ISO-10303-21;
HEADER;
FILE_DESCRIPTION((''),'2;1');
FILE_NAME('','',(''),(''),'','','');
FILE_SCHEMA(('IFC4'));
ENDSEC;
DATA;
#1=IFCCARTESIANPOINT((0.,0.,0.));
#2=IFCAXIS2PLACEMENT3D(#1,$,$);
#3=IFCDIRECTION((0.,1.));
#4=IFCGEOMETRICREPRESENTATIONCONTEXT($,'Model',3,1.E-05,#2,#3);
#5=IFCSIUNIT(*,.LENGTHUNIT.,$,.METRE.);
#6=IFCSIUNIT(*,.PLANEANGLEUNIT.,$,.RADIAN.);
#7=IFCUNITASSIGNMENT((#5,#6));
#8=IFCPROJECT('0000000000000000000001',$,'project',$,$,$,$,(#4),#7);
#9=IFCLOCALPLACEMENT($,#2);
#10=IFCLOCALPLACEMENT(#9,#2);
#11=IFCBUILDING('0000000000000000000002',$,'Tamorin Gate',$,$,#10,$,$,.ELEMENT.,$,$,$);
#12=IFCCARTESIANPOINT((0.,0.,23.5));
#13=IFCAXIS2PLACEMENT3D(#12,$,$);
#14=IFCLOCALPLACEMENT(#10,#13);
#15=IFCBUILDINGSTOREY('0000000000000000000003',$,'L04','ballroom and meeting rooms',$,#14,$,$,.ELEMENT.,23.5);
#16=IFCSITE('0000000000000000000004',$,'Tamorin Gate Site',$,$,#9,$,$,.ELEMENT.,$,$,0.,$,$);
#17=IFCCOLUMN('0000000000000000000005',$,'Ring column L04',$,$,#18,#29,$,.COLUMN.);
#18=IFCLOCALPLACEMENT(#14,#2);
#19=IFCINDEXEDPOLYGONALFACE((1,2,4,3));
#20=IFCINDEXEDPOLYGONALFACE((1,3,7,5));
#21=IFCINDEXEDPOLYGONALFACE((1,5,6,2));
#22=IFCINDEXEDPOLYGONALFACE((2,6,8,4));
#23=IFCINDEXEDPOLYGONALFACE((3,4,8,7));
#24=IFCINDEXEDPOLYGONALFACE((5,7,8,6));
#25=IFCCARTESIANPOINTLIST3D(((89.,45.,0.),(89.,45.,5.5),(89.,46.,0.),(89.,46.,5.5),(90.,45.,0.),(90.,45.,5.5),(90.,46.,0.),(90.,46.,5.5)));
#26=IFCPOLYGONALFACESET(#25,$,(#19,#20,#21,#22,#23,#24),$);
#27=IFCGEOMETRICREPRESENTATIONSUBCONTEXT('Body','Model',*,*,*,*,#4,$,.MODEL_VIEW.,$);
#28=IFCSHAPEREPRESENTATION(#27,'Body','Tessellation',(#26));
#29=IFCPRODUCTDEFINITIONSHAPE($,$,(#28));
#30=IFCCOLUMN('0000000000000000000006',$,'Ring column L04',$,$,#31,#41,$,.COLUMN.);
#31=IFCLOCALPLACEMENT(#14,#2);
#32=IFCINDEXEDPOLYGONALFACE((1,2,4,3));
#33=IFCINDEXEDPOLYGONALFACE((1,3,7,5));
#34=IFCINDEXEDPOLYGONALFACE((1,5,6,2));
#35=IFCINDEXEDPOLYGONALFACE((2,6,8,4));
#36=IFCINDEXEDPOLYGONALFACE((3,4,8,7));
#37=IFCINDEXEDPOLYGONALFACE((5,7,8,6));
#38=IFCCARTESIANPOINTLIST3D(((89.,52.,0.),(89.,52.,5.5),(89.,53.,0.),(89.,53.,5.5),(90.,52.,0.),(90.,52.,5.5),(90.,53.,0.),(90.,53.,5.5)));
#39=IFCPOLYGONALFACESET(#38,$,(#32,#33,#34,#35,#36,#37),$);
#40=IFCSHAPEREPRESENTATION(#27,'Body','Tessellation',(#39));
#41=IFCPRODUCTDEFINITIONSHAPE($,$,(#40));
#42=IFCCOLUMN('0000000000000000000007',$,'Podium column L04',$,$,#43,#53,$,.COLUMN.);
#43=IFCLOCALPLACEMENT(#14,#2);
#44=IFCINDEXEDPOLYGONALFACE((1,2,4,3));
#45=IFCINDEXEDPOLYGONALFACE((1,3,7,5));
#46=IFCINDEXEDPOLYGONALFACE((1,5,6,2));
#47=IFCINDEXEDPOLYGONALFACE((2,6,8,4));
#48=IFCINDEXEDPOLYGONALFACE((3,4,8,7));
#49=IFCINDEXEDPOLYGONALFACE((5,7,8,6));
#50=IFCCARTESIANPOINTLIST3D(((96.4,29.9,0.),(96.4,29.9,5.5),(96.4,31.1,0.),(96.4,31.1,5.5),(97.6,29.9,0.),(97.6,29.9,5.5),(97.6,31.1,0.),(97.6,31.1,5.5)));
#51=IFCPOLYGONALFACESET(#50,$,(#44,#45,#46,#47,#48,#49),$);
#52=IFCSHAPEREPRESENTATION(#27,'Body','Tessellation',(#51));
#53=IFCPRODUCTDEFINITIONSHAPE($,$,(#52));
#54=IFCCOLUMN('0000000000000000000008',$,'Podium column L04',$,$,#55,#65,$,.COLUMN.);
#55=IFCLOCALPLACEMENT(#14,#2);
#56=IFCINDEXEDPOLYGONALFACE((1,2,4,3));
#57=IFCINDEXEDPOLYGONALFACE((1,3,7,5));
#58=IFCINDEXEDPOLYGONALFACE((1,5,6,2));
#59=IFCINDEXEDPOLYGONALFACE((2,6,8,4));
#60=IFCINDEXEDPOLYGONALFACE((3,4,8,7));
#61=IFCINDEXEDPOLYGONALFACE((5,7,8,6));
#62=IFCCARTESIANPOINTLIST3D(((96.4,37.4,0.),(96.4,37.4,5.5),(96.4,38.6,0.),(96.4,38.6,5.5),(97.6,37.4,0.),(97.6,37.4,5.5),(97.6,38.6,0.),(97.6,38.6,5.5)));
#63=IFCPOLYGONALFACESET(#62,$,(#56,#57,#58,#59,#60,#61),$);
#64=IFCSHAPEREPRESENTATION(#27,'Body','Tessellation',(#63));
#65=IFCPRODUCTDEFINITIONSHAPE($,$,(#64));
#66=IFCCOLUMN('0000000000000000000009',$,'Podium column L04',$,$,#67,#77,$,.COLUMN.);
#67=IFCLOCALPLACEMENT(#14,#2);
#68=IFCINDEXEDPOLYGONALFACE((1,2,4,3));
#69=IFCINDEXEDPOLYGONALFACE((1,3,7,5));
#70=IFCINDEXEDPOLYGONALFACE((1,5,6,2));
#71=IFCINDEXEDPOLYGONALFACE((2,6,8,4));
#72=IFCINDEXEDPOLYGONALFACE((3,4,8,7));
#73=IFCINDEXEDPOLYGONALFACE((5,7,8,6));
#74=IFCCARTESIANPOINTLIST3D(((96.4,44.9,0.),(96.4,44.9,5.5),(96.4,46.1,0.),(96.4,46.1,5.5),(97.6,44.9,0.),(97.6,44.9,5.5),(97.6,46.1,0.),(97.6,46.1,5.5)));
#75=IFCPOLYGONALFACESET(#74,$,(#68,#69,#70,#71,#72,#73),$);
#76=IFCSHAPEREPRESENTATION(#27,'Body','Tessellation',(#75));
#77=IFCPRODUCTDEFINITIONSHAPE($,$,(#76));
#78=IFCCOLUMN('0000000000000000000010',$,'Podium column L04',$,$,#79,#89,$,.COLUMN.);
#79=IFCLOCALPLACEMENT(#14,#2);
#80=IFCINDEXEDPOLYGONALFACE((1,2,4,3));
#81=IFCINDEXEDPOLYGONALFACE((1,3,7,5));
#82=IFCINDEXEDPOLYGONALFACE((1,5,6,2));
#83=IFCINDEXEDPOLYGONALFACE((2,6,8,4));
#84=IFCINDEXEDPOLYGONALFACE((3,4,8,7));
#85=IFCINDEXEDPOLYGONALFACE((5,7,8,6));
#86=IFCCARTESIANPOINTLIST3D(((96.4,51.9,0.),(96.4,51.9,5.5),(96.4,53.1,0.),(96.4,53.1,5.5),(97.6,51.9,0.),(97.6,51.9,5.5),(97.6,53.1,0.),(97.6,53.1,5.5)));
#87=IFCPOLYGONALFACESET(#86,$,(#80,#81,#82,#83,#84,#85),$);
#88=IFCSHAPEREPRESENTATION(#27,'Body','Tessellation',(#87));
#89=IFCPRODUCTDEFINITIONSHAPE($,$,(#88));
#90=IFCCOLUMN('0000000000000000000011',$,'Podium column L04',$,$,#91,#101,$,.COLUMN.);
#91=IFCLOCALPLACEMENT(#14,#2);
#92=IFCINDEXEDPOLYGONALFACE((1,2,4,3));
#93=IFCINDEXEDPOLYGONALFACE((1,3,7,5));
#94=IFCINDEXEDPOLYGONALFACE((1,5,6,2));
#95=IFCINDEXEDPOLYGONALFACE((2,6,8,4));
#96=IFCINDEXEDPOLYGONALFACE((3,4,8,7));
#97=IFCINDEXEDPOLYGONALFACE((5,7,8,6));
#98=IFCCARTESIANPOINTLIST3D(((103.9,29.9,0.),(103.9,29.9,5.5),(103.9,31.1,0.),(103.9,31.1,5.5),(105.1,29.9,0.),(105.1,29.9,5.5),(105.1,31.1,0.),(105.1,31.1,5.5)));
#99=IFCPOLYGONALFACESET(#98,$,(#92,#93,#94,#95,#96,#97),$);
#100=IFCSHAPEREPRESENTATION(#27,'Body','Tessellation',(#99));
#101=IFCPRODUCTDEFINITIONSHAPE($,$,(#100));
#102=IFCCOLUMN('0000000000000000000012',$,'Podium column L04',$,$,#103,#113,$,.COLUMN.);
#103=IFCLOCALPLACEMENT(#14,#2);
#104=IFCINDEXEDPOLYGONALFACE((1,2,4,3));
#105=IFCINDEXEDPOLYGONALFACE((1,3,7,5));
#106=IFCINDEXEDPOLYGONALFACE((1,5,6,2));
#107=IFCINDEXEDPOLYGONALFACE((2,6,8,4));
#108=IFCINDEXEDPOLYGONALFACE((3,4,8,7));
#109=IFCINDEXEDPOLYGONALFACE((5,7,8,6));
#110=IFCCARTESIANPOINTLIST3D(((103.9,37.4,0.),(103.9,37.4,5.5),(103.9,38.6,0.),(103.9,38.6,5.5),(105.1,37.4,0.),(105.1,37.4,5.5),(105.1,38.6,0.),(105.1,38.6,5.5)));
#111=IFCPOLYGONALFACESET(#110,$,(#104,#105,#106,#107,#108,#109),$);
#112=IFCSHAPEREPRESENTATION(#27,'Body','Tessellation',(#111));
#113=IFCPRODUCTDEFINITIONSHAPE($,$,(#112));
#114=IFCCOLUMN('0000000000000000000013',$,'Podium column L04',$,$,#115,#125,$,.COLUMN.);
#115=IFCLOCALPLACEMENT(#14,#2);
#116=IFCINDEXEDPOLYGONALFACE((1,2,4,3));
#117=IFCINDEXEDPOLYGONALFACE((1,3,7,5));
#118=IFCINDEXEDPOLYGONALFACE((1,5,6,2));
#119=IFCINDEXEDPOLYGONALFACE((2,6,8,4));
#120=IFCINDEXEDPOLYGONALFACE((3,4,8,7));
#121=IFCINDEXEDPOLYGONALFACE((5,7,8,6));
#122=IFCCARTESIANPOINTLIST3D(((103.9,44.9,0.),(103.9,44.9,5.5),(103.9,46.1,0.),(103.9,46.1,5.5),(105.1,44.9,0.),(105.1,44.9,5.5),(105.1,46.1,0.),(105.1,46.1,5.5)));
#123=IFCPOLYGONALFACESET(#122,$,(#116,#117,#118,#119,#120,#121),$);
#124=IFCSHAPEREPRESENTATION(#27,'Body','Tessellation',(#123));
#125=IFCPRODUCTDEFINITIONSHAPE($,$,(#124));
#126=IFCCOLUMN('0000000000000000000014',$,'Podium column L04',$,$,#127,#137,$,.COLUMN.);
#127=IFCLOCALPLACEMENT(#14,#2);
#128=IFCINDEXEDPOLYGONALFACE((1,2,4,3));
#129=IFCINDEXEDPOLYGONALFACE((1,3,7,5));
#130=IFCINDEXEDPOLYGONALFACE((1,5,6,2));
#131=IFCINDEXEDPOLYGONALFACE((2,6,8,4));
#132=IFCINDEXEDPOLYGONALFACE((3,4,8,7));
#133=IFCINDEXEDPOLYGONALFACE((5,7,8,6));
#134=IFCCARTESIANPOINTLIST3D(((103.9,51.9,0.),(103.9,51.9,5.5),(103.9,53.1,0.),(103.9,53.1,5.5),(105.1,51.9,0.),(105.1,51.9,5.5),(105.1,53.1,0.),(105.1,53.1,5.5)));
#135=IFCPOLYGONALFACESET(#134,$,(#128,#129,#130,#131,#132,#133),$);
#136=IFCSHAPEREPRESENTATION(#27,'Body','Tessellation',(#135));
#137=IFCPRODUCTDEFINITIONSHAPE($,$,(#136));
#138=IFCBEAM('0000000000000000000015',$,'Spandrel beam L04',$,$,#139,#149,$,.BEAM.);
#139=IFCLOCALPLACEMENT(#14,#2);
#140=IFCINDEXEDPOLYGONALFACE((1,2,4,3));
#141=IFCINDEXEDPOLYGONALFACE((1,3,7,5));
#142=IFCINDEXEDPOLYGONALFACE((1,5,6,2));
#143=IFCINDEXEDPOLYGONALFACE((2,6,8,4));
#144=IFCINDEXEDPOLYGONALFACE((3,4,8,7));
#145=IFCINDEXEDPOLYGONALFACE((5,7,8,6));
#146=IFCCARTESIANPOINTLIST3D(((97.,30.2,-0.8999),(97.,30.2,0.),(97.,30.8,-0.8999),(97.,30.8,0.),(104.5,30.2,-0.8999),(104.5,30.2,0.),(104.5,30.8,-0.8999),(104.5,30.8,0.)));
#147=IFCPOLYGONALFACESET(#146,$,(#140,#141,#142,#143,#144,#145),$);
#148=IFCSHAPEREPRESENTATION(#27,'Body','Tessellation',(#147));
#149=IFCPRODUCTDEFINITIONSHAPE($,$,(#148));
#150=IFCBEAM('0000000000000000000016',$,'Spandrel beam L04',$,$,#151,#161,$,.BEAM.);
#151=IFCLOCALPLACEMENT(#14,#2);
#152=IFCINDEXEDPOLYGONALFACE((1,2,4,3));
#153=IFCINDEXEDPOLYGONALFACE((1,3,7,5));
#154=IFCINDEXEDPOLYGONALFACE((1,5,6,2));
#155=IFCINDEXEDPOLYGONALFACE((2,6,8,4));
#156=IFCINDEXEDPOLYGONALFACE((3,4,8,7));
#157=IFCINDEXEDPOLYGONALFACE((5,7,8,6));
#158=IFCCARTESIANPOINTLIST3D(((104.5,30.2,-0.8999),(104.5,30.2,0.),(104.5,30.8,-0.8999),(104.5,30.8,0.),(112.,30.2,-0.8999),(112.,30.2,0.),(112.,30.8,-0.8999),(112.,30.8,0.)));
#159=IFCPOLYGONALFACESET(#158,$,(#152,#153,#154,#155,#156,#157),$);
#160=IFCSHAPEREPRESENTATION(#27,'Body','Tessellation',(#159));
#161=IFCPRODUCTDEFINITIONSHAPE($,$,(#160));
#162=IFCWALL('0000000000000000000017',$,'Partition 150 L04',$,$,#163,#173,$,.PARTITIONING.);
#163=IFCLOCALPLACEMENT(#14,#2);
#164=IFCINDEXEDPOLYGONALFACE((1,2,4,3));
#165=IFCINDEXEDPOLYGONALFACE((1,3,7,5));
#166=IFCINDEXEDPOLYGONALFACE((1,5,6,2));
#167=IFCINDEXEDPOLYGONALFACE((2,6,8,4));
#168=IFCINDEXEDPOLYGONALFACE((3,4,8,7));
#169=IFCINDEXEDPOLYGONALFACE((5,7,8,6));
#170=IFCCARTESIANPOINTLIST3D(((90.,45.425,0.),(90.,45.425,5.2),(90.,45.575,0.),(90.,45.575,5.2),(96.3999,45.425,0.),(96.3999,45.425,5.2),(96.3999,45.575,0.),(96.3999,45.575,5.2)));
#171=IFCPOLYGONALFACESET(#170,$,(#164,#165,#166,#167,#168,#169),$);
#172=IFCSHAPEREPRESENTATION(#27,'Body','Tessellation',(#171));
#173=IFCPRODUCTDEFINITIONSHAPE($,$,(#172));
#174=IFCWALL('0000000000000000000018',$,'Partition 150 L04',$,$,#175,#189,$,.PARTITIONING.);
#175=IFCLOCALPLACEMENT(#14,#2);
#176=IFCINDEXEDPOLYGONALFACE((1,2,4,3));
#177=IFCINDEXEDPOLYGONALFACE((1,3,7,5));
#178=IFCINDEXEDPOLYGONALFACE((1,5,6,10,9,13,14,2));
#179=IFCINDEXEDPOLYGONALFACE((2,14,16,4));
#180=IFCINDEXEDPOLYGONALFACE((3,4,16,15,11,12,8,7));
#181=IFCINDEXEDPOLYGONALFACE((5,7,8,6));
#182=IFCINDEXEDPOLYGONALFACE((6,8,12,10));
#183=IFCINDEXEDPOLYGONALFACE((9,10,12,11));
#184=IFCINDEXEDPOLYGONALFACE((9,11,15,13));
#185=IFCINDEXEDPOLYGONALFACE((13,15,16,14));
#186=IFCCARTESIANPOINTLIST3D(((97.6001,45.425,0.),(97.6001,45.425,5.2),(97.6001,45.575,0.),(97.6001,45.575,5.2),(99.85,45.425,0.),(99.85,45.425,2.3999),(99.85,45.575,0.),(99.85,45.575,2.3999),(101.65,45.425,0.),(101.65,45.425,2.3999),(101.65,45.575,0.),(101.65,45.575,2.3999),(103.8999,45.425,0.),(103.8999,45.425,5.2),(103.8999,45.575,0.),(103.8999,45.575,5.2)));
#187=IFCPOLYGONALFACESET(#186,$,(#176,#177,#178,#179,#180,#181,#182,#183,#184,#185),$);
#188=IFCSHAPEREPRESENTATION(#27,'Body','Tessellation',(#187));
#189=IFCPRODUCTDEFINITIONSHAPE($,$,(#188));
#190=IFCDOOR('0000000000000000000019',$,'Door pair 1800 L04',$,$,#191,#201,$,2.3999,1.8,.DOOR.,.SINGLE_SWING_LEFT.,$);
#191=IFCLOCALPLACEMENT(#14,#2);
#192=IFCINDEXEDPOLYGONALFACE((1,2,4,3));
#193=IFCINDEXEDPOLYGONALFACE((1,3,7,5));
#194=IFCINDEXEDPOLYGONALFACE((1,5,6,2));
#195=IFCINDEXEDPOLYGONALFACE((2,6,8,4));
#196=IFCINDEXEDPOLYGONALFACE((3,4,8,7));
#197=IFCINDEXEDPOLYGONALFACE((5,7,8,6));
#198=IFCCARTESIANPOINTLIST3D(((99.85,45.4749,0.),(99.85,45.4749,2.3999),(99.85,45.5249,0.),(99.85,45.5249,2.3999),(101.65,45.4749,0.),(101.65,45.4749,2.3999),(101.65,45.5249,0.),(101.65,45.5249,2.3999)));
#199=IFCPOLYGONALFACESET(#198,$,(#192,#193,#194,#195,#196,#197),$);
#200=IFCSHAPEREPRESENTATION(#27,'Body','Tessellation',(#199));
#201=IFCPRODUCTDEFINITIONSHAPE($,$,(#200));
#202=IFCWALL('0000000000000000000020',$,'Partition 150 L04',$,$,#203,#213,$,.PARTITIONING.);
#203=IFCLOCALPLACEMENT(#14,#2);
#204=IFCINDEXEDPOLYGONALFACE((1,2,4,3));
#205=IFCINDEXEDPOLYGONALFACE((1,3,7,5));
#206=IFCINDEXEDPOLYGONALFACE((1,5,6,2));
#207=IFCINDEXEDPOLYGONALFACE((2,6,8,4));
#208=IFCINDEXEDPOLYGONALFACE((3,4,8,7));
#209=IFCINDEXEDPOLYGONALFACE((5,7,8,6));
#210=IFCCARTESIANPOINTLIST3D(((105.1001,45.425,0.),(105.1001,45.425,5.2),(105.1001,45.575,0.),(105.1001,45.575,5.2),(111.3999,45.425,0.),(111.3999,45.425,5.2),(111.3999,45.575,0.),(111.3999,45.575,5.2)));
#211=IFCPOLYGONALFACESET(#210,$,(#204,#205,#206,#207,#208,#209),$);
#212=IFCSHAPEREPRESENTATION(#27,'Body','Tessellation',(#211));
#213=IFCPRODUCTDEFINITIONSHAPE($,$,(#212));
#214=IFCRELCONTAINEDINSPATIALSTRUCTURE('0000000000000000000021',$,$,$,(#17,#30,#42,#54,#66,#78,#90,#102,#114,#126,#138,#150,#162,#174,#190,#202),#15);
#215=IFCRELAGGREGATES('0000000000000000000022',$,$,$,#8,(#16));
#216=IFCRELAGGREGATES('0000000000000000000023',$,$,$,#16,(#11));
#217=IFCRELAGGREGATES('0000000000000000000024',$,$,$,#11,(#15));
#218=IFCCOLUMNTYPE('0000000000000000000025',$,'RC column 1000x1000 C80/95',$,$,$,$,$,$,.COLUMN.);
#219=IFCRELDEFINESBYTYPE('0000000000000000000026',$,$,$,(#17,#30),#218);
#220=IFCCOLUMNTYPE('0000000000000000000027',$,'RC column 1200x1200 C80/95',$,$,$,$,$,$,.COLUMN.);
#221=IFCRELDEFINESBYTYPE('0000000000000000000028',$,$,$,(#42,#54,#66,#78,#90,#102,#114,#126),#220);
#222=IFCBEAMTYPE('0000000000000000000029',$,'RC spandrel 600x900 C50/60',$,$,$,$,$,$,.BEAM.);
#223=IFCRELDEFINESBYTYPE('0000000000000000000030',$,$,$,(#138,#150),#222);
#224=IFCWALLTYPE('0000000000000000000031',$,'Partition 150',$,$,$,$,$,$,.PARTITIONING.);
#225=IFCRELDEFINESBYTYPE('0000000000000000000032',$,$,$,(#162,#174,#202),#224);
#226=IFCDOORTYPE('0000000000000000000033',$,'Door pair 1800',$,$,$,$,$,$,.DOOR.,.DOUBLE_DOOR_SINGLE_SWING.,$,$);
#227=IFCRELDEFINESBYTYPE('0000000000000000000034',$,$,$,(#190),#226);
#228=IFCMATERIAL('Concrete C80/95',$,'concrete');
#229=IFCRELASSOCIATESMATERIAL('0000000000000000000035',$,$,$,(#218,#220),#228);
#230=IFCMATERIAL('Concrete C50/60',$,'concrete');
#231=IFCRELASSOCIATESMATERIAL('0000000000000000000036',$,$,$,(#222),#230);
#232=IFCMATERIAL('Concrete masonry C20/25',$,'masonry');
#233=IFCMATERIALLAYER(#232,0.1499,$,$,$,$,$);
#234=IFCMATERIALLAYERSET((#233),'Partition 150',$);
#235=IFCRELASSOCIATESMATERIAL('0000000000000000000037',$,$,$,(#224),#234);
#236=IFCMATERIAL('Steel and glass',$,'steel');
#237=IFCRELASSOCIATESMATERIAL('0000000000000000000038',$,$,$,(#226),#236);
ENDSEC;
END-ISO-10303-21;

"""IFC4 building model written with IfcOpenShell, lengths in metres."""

from ifc_helpers import new_model, si_unit, direction, frame, frame_2d, origin, origin_2d, place, context, subcontext, project, spatial, rectangle, extrude, material, layer, layer_set, material_profile, profile_set, type_object, element, fill, save


model = new_model("IFC4")

# Units and contexts
model_context = context("Model", 3, precision=1e-05, world=origin(), true_north=direction((0.0, 1.0)))
body_context = subcontext(model_context, "Body", "Model", "MODEL_VIEW")
ifc_project = project(units=[si_unit("LENGTHUNIT", "METRE"), si_unit("PLANEANGLEUNIT", "RADIAN")], contexts=[model_context])

# Site, building, storey
site_placement = place(None, origin())
site = spatial("IfcSite", under=ifc_project, at=site_placement, Name="Tamorin Gate Site", CompositionType="ELEMENT", RefElevation=0.0)
building_placement = place(site_placement, origin())
building = spatial("IfcBuilding", under=site, at=building_placement, Name="Tamorin Gate", CompositionType="ELEMENT")
storey_placement = place(building_placement, frame((0.0, 0.0, 23.5)))
storey = spatial("IfcBuildingStorey", under=building, at=storey_placement, Name="L04", Description="ballroom and meeting rooms", CompositionType="ELEMENT", Elevation=23.5)

# Columns
ifc_material_1 = material(Name="Concrete C80/95", Category="concrete")
ifc_material_profile_1 = material_profile(ifc_material_1, rectangle(XDim=1.0, YDim=1.0, at=origin_2d()), Name="RC 1000x1000")
ifc_profile_set_1 = profile_set([ifc_material_profile_1], Name="Concrete C80/95")
column_type_1 = type_object("IfcColumnType", Name="RC column 1000x1000 C80/95", PredefinedType="COLUMN", material=ifc_profile_set_1)
for number, where, z_axis, x_axis, name in (
    (1, (89.5, 45.5, 0.0), (0.0, 0.0, 1.0), (1.0, 0.0, 0.0), "Ring column L04"),
    (2, (89.5, 52.5, 0.0), (0.0, 0.0, 1.0), (1.0, 0.0, 0.0), "Ring column L04"),
):
    element("IfcColumn", number, at=place(storey_placement, frame(where, z_axis=z_axis, x_axis=x_axis)), inside=storey, type_object=column_type_1, Name=name, PredefinedType="COLUMN", context=body_context, shape_type="SweptSolid", body=[
        extrude(rectangle(XDim=1.0, YDim=1.0, at=origin_2d()), origin(), (0.0, 0.0, 1.0), 5.5),
    ])
ifc_material_profile_2 = material_profile(ifc_material_1, rectangle(XDim=1.2, YDim=1.2, at=origin_2d()), Name="RC 1200x1200")
ifc_profile_set_2 = profile_set([ifc_material_profile_2], Name="Concrete C80/95")
column_type_2 = type_object("IfcColumnType", Name="RC column 1200x1200 C80/95", PredefinedType="COLUMN", material=ifc_profile_set_2)
for number, where, z_axis, x_axis, name in (
    (3, (97.0, 30.5, 0.0), (0.0, 0.0, 1.0), (1.0, 0.0, 0.0), "Podium column L04"),
    (4, (97.0, 38.0, 0.0), (0.0, 0.0, 1.0), (1.0, 0.0, 0.0), "Podium column L04"),
    (5, (97.0, 45.5, 0.0), (0.0, 0.0, 1.0), (1.0, 0.0, 0.0), "Podium column L04"),
    (6, (97.0, 52.5, 0.0), (0.0, 0.0, 1.0), (1.0, 0.0, 0.0), "Podium column L04"),
    (7, (104.5, 30.5, 0.0), (0.0, 0.0, 1.0), (1.0, 0.0, 0.0), "Podium column L04"),
    (8, (104.5, 38.0, 0.0), (0.0, 0.0, 1.0), (1.0, 0.0, 0.0), "Podium column L04"),
    (9, (104.5, 45.5, 0.0), (0.0, 0.0, 1.0), (1.0, 0.0, 0.0), "Podium column L04"),
    (10, (104.5, 52.5, 0.0), (0.0, 0.0, 1.0), (1.0, 0.0, 0.0), "Podium column L04"),
):
    element("IfcColumn", number, at=place(storey_placement, frame(where, z_axis=z_axis, x_axis=x_axis)), inside=storey, type_object=column_type_2, Name=name, PredefinedType="COLUMN", context=body_context, shape_type="SweptSolid", body=[
        extrude(rectangle(XDim=1.2, YDim=1.2, at=origin_2d()), origin(), (0.0, 0.0, 1.0), 5.5),
    ])

# Beams
ifc_material_2 = material(Name="Concrete C50/60", Category="concrete")
ifc_material_profile_3 = material_profile(ifc_material_2, rectangle(XDim=0.6001, YDim=0.8999, at=origin_2d()), Name="RC 600x900")
ifc_profile_set_3 = profile_set([ifc_material_profile_3], Name="Concrete C50/60")
beam_type = type_object("IfcBeamType", Name="RC spandrel 600x900 C50/60", PredefinedType="BEAM", material=ifc_profile_set_3)
for number, where, z_axis, x_axis, name in (
    (11, (97.0, 30.5, -0.45), (1.0, 0.0, 0.0), (0.0, 1.0, 0.0), "Spandrel beam L04"),
    (12, (104.5, 30.5, -0.45), (1.0, 0.0, 0.0), (0.0, 1.0, 0.0), "Spandrel beam L04"),
):
    element("IfcBeam", number, at=place(storey_placement, frame(where, z_axis=z_axis, x_axis=x_axis)), inside=storey, type_object=beam_type, Name=name, PredefinedType="BEAM", context=body_context, shape_type="SweptSolid", body=[
        extrude(rectangle(XDim=0.6001, YDim=0.8999, at=origin_2d()), origin(), (0.0, 0.0, 1.0), 7.5),
    ])

# Wall
ifc_material_3 = material(Name="Concrete masonry C20/25", Category="masonry")
ifc_layer_1 = layer(ifc_material_3, 0.1499)
ifc_layer_set_1 = layer_set([ifc_layer_1], Name="Partition 150")
wall_type_1 = type_object("IfcWallType", Name="Partition 150", PredefinedType="PARTITIONING", material=ifc_layer_set_1)
wall_1_placement = place(storey_placement, frame((90.0, 45.5, 0.0), z_axis=(0.0, 0.0, 1.0), x_axis=(1.0, 0.0, 0.0)))
element("IfcWall", 13, at=wall_1_placement, inside=storey, type_object=wall_type_1, Name="Partition 150 L04", PredefinedType="PARTITIONING", context=body_context, shape_type="SweptSolid", body=[
    extrude(rectangle(XDim=6.3999, YDim=0.1499, at=frame_2d((3.2, 0.0))), origin(), (0.0, 0.0, 1.0), 5.2),
])

# Wall, opening, door
wall_2_placement = place(storey_placement, frame((97.6001, 45.5, 0.0), z_axis=(0.0, 0.0, 1.0), x_axis=(1.0, 0.0, 0.0)))
wall_2 = element("IfcWall", 14, at=wall_2_placement, inside=storey, type_object=wall_type_1, Name="Partition 150 L04", PredefinedType="PARTITIONING", context=body_context, shape_type="SweptSolid", body=[
    extrude(rectangle(XDim=6.2998, YDim=0.1499, at=frame_2d((3.1499, 0.0))), origin(), (0.0, 0.0, 1.0), 5.2),
])
opening_1_placement = place(wall_2_placement, frame((2.25, 0.0, 0.0)))
opening_1 = element("IfcOpeningElement", 15, at=opening_1_placement, cuts=wall_2, PredefinedType="OPENING", context=body_context, shape_type="SweptSolid", body=[
    extrude(rectangle(XDim=1.8, YDim=2.3999, at=frame_2d((0.8999, 1.2))), frame((0.0, 0.085, 0.0), z_axis=(0.0, -1.0, 0.0), x_axis=(1.0, 0.0, 0.0)), (0.0, 0.0, 1.0), 0.1699),
])
ifc_material_4 = material(Name="Steel and glass", Category="steel")
door_type_1 = type_object("IfcDoorType", Name="Door pair 1800", OperationType="DOUBLE_DOOR_SINGLE_SWING", PredefinedType="DOOR", material=ifc_material_4)
door_1_placement = place(opening_1_placement, origin())
door_1 = element("IfcDoor", 16, at=door_1_placement, inside=storey, type_object=door_type_1, Name="Door pair 1800 L04", OperationType="SINGLE_SWING_LEFT", OverallHeight=2.3999, OverallWidth=1.8, PredefinedType="DOOR", context=body_context, shape_type="SweptSolid", body=[
    extrude(rectangle(XDim=1.8, YDim=2.3999, at=frame_2d((0.8999, 1.2))), frame((0.0, 0.0249, 0.0), z_axis=(0.0, -1.0, 0.0), x_axis=(1.0, 0.0, 0.0)), (0.0, 0.0, 1.0), 0.05),
])
fill(opening_1, door_1)

# Wall
wall_3_placement = place(storey_placement, frame((105.1001, 45.5, 0.0), z_axis=(0.0, 0.0, 1.0), x_axis=(1.0, 0.0, 0.0)))
element("IfcWall", 17, at=wall_3_placement, inside=storey, type_object=wall_type_1, Name="Partition 150 L04", PredefinedType="PARTITIONING", context=body_context, shape_type="SweptSolid", body=[
    extrude(rectangle(XDim=6.2998, YDim=0.1499, at=frame_2d((3.1499, 0.0))), origin(), (0.0, 0.0, 1.0), 5.2),
])

save(model, "model.ifc")
